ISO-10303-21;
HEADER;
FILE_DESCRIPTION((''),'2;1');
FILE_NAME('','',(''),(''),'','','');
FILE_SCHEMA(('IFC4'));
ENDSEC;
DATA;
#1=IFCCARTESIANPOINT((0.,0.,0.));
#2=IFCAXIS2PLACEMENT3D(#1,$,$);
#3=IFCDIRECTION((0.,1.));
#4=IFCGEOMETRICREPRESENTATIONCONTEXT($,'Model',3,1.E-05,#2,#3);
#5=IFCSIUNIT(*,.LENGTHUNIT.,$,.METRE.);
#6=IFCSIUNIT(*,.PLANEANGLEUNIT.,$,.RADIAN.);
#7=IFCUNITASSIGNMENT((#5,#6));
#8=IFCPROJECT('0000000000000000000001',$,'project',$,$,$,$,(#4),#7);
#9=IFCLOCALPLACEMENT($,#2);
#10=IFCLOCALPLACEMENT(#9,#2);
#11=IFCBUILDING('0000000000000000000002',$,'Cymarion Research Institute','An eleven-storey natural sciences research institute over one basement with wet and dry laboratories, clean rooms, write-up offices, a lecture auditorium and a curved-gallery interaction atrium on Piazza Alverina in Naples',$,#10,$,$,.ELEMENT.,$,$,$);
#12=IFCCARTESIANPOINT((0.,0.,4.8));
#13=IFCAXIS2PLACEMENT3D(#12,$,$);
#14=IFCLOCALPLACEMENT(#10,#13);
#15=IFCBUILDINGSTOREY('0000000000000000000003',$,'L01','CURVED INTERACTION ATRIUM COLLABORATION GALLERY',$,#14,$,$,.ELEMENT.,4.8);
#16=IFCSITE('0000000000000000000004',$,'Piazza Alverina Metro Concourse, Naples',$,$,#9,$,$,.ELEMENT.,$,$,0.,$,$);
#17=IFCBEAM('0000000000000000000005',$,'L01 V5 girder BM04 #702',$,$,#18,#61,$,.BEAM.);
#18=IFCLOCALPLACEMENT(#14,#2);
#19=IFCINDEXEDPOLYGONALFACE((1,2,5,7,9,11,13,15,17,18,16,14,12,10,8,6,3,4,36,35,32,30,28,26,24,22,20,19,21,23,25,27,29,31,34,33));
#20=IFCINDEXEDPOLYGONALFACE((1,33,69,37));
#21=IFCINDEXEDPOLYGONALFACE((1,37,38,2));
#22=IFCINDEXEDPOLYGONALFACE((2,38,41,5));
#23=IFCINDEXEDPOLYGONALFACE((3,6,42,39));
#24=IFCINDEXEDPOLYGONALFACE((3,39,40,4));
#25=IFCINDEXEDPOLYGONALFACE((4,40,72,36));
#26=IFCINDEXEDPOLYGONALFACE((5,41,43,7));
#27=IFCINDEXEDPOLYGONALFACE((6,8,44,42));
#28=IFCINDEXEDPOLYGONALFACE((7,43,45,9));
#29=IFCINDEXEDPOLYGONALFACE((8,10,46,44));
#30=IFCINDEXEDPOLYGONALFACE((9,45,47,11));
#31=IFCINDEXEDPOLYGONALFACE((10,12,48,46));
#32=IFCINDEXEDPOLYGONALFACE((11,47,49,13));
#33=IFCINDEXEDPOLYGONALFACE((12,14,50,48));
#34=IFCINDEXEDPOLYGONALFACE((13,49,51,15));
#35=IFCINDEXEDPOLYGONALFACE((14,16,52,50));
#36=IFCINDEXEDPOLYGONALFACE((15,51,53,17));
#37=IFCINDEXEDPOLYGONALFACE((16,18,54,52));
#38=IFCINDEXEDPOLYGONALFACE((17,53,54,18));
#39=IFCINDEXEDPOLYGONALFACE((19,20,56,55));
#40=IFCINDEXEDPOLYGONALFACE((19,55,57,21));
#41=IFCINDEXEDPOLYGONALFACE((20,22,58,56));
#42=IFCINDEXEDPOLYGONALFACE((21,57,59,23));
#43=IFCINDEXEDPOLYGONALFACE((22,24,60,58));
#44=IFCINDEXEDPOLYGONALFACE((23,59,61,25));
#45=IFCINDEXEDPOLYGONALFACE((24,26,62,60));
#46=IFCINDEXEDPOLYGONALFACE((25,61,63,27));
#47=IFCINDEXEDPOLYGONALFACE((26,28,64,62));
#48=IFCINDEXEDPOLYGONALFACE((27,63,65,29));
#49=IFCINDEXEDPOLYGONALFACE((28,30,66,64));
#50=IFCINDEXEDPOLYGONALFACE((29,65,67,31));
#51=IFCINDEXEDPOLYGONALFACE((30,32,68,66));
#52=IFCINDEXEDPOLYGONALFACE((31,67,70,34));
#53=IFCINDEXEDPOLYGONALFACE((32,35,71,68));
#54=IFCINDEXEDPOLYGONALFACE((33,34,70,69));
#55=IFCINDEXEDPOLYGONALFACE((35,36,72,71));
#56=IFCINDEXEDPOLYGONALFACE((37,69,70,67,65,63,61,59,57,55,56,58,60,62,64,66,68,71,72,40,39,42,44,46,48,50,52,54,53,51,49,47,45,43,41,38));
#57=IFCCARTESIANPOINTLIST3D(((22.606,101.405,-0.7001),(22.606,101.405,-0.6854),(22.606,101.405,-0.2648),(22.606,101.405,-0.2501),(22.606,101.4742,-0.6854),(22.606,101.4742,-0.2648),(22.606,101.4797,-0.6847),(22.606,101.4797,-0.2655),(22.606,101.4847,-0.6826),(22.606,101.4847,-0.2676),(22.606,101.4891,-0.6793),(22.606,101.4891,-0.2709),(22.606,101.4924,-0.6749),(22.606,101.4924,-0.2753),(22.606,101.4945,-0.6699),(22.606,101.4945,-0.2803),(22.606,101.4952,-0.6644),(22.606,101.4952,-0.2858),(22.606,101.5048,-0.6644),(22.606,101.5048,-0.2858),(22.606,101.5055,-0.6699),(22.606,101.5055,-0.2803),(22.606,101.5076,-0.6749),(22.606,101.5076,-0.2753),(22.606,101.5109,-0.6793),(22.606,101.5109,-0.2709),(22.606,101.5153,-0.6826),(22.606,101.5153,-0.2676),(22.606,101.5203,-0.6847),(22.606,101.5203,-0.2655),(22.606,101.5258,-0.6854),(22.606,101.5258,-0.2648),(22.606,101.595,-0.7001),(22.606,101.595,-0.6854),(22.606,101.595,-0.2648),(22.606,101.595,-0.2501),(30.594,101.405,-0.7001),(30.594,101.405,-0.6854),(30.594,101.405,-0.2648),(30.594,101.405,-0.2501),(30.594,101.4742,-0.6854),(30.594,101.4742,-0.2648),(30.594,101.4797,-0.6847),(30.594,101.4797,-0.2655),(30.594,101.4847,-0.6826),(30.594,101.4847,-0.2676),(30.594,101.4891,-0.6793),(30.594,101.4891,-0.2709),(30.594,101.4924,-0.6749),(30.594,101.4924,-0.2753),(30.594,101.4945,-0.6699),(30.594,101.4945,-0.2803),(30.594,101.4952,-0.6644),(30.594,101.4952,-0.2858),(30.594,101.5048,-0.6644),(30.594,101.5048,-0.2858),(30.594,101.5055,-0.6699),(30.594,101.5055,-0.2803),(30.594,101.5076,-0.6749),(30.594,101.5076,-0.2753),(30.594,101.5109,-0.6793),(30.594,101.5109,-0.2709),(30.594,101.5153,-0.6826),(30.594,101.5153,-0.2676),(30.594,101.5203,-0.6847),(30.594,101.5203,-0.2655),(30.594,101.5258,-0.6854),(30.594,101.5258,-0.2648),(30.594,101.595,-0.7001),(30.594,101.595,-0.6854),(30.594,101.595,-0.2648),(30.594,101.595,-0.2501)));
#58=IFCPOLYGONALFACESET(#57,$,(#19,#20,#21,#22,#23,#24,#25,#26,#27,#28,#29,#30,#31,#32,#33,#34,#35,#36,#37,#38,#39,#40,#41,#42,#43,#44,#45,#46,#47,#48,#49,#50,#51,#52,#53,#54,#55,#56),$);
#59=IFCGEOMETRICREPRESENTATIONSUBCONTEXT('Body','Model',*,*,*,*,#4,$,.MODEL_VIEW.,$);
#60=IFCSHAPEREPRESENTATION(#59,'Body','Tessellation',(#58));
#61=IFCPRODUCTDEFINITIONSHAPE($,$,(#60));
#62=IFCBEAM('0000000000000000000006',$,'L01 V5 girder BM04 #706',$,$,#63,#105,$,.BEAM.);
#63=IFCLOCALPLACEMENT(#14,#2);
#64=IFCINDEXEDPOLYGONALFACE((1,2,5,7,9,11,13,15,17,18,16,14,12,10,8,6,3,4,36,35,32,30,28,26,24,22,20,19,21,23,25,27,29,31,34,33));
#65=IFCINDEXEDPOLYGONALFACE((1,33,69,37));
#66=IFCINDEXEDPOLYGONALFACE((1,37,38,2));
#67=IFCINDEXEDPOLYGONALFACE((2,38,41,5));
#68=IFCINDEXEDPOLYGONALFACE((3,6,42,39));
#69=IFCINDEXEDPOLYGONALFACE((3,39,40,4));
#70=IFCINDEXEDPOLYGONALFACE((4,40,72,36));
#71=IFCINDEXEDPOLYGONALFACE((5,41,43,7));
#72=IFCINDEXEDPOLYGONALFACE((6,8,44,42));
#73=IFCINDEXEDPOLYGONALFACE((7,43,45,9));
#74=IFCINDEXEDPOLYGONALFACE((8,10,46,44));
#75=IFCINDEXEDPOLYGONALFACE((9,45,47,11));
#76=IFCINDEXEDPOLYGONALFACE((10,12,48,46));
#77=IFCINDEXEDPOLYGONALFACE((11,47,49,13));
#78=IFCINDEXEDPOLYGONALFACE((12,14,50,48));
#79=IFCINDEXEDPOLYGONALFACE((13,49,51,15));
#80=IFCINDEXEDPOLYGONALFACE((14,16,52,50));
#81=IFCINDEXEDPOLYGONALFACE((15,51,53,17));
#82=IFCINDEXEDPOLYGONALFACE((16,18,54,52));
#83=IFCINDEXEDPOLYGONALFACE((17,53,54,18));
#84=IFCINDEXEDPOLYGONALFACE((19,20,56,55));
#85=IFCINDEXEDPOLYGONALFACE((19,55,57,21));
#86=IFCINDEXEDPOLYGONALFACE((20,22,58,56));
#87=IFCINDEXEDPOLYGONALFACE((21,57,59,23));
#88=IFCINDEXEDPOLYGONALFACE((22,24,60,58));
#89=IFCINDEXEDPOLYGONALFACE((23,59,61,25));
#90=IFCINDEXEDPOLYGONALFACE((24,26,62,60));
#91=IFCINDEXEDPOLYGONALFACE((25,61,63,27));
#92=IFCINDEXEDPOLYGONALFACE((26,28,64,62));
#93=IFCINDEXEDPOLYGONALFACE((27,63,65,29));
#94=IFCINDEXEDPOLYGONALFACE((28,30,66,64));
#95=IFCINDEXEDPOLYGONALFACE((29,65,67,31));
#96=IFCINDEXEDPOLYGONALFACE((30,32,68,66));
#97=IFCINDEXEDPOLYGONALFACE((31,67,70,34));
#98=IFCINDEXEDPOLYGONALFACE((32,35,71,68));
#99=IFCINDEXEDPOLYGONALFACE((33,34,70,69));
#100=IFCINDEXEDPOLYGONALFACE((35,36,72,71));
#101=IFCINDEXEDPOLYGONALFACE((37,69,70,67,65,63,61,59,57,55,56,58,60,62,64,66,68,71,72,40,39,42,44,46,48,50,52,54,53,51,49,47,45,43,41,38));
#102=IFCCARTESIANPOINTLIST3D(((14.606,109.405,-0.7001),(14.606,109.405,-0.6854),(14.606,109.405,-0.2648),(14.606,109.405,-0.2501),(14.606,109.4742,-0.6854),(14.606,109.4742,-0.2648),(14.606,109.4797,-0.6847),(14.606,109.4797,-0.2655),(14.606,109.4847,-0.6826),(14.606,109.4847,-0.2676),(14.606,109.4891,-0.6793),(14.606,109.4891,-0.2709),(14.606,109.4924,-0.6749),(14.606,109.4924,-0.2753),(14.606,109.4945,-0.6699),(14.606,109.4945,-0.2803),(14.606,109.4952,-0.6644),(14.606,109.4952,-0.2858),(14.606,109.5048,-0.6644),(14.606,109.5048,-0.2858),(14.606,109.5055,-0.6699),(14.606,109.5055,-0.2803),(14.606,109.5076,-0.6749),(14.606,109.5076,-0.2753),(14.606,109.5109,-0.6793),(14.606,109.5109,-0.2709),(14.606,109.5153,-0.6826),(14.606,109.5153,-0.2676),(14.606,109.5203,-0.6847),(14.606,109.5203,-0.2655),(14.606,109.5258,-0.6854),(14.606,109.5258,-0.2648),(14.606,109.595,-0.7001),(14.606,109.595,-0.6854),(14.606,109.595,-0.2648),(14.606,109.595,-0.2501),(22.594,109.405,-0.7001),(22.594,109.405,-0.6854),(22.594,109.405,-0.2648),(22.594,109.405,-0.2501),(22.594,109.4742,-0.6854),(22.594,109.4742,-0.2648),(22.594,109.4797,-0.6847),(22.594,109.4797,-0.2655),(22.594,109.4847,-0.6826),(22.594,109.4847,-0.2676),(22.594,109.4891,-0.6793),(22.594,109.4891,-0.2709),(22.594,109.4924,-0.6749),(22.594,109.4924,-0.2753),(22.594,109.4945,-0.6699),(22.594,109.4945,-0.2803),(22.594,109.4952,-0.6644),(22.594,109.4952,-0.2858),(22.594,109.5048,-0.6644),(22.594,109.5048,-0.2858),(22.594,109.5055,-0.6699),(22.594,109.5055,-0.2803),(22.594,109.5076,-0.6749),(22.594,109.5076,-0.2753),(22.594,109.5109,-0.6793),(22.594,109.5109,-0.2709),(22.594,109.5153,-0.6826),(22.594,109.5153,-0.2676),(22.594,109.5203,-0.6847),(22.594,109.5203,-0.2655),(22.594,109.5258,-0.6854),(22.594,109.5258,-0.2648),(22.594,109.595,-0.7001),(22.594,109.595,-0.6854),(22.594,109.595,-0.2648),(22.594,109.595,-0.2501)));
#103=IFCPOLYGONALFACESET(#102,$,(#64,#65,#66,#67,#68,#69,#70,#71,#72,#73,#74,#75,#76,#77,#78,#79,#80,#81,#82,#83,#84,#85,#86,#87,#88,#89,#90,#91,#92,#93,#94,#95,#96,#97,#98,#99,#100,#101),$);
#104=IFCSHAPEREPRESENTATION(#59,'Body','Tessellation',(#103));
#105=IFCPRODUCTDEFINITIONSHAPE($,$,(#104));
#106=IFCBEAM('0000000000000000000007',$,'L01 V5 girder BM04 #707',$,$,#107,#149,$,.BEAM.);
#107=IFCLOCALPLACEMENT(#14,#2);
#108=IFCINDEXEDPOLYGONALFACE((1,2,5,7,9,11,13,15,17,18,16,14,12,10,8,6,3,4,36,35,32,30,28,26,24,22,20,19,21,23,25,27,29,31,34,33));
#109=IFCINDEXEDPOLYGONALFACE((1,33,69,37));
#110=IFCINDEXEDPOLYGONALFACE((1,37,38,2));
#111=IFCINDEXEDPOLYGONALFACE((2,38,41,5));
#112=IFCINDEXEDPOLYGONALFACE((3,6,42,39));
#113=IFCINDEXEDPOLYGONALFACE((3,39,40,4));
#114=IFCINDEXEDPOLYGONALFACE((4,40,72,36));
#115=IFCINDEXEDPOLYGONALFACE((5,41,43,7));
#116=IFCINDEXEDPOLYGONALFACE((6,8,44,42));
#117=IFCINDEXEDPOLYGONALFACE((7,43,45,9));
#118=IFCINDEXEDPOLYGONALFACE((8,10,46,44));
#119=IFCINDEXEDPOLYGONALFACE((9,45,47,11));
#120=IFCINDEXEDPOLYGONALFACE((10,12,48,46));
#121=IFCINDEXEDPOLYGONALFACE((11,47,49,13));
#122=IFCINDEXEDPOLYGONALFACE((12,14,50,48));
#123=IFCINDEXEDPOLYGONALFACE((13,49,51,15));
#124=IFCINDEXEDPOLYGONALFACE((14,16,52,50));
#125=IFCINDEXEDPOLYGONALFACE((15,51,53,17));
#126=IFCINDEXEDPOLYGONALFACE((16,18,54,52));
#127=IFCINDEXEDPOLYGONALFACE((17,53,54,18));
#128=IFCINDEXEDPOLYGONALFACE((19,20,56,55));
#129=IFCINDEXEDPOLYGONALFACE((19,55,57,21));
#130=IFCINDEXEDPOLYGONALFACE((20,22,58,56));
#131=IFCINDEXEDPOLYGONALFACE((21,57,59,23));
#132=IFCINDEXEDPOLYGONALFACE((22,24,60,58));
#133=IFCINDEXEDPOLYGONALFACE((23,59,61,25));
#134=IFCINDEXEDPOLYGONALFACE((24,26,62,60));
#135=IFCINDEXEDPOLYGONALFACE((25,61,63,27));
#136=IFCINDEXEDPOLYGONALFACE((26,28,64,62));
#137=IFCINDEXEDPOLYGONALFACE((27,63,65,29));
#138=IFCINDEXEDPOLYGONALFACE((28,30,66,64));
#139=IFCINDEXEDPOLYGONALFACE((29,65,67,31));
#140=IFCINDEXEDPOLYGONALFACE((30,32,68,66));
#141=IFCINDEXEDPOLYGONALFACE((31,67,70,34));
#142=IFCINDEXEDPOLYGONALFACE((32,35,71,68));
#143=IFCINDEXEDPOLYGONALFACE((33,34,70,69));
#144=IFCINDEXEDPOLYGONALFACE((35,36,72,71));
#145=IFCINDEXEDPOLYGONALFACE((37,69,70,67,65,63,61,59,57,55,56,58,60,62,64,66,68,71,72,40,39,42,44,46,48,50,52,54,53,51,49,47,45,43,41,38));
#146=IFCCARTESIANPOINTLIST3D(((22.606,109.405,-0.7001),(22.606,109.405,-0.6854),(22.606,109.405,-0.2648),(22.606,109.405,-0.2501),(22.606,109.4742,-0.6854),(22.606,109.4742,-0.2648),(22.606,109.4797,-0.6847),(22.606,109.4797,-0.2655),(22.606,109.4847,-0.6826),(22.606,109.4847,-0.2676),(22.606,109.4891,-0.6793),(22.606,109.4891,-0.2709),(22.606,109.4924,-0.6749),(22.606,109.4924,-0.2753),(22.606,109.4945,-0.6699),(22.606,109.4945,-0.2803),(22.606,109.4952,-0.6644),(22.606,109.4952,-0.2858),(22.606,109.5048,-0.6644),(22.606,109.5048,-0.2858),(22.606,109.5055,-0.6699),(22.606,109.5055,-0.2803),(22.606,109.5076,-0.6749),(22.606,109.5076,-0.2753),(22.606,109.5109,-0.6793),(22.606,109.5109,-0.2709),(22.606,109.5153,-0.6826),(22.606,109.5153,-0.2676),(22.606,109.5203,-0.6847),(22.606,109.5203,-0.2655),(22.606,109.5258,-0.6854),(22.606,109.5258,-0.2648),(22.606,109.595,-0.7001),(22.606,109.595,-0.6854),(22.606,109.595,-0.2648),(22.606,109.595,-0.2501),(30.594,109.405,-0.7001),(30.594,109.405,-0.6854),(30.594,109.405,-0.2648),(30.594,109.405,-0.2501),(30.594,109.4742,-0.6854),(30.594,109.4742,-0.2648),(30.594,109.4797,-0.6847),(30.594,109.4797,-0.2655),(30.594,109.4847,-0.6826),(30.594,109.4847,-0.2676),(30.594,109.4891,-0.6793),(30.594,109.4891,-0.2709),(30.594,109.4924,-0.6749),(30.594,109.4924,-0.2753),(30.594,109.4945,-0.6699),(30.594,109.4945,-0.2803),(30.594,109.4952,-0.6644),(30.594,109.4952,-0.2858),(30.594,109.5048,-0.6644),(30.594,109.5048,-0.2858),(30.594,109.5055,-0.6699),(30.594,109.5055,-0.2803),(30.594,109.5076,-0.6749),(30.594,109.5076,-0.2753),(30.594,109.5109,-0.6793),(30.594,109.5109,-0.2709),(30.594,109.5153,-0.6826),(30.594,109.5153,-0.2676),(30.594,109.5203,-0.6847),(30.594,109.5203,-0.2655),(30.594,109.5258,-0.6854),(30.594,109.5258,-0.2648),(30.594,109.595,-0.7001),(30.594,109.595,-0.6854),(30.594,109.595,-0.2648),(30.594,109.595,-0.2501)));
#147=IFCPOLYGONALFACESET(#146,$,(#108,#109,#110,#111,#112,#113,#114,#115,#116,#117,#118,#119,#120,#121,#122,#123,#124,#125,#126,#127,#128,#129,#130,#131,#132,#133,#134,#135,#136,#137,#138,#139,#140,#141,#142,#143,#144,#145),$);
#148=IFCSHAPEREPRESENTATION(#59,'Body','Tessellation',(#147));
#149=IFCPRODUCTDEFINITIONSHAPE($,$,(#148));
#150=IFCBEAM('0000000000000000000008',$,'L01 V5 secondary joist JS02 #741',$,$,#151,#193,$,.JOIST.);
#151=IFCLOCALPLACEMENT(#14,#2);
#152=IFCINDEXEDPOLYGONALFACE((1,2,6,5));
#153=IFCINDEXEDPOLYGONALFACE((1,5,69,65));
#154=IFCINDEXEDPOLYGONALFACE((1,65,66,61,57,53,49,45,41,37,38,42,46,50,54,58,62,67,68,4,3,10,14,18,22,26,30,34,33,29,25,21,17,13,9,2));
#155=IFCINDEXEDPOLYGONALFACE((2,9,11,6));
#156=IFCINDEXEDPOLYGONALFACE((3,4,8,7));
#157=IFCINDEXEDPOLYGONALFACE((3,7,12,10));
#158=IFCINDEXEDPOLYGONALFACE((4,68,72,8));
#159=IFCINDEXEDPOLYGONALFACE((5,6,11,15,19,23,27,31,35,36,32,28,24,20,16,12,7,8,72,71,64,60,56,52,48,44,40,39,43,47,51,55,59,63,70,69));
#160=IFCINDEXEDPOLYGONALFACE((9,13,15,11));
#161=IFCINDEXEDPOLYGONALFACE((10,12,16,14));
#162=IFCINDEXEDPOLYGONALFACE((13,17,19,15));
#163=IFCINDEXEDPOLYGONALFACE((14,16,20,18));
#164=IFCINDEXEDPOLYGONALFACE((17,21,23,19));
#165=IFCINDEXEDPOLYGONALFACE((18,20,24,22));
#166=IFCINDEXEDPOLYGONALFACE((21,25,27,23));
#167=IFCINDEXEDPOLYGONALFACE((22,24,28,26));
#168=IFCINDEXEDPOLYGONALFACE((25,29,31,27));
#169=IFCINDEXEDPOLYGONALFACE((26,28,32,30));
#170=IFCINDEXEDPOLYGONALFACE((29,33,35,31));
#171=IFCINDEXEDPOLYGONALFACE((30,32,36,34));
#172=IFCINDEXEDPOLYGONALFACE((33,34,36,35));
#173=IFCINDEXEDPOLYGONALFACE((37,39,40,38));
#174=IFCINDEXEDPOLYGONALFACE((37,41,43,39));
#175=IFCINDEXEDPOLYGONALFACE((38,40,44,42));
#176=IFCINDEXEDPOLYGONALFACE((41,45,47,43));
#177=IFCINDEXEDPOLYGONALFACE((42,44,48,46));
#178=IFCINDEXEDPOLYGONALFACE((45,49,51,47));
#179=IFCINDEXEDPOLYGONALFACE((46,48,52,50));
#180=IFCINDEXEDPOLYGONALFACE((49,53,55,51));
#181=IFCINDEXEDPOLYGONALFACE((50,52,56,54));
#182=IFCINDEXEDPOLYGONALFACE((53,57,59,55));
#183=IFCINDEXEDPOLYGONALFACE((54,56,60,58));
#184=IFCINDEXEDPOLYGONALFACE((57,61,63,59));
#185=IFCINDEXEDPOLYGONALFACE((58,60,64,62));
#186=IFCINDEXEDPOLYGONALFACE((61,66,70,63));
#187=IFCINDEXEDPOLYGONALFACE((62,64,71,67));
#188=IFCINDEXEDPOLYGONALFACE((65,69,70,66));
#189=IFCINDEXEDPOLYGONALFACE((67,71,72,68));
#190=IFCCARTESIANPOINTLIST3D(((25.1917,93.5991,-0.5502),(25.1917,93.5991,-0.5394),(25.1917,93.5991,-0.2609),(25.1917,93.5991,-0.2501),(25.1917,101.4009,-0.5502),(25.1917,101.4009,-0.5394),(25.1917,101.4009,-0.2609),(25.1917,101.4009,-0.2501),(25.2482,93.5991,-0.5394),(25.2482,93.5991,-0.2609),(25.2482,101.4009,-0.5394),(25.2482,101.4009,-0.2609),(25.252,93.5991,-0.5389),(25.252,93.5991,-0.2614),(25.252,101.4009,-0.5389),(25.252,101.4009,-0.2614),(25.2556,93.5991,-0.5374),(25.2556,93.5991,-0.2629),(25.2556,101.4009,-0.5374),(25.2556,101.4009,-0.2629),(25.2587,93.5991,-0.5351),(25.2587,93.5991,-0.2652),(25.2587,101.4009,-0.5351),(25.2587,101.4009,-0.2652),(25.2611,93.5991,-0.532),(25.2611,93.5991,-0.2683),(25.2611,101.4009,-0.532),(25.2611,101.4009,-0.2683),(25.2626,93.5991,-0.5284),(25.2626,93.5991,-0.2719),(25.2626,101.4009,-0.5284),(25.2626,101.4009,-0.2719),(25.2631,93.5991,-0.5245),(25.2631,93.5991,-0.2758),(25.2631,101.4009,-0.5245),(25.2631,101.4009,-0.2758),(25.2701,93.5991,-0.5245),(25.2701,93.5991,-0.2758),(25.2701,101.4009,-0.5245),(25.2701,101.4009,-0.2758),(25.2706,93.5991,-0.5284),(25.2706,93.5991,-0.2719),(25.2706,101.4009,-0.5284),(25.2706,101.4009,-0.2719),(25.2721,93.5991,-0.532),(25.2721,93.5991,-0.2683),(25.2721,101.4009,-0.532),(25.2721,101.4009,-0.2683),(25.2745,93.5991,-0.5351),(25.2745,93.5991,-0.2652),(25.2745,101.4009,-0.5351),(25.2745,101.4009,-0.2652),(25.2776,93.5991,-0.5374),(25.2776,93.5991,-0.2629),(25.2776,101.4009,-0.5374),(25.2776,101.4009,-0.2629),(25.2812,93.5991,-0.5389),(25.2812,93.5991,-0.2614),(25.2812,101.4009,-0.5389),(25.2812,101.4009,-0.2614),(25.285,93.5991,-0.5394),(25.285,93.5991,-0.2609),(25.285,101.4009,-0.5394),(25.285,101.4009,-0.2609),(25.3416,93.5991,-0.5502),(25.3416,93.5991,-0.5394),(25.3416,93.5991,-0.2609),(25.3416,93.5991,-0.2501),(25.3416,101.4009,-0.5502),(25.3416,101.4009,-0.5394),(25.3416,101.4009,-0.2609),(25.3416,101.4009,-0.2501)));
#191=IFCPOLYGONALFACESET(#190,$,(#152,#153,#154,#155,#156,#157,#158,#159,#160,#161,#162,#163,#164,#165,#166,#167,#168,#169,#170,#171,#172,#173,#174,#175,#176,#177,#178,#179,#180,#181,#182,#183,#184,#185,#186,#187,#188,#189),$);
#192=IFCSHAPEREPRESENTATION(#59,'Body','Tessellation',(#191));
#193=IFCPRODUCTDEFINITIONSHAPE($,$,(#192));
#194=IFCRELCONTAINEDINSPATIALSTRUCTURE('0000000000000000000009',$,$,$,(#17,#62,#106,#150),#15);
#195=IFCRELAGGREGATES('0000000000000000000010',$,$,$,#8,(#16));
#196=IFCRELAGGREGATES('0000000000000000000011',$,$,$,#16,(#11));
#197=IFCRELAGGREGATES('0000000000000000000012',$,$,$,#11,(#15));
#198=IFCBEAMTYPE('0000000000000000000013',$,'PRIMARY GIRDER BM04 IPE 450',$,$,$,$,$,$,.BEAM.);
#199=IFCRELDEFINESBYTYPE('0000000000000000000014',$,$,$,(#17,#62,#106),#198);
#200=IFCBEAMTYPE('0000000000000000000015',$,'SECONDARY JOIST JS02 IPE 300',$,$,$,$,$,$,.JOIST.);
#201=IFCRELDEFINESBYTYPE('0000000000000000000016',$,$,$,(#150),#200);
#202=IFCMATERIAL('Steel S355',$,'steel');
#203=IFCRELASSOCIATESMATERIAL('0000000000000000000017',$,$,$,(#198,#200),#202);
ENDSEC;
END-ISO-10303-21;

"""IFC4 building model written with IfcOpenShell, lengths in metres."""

from ifc_helpers import new_model, si_unit, direction, frame, origin, origin_2d, place, context, subcontext, project, spatial, i_section, extrude, material, material_profile, profile_set, type_object, element, save


model = new_model("IFC4")

# Units and contexts
model_context = context("Model", 3, precision=1e-05, world=origin(), true_north=direction((0.0, 1.0)))
body_context = subcontext(model_context, "Body", "Model", "MODEL_VIEW")
ifc_project = project(units=[si_unit("LENGTHUNIT", "METRE"), si_unit("PLANEANGLEUNIT", "RADIAN")], contexts=[model_context])

# Site, building, storey
site_placement = place(None, origin())
site = spatial("IfcSite", under=ifc_project, at=site_placement, Name="Piazza Alverina Metro Concourse, Naples", CompositionType="ELEMENT", RefElevation=0.0)
building_placement = place(site_placement, origin())
building = spatial("IfcBuilding", under=site, at=building_placement, Name="Cymarion Research Institute", Description="An eleven-storey natural sciences research institute over one basement with wet and dry laboratories, clean rooms, write-up offices, a lecture auditorium and a curved-gallery interaction atrium on Piazza Alverina in Naples", CompositionType="ELEMENT")
storey_placement = place(building_placement, frame((0.0, 0.0, 4.8)))
storey = spatial("IfcBuildingStorey", under=building, at=storey_placement, Name="L01", Description="CURVED INTERACTION ATRIUM COLLABORATION GALLERY", CompositionType="ELEMENT", Elevation=4.8)

# Shared definitions
ifc_material_1 = material(Name="Steel S355", Category="steel")

# Beams
ifc_material_profile_1 = material_profile(ifc_material_1, i_section(OverallWidth=0.1899, OverallDepth=0.45, WebThickness=0.0095, FlangeThickness=0.0146, FilletRadius=0.021, at=origin_2d()), Name="IPE 450")
ifc_profile_set_1 = profile_set([ifc_material_profile_1], Name="Steel S355")
beam_type_1 = type_object("IfcBeamType", Name="PRIMARY GIRDER BM04 IPE 450", PredefinedType="BEAM", material=ifc_profile_set_1)
for number, where, z_axis, x_axis, name in (
    (1, (22.606, 101.5, -0.4751), (1.0, 0.0, 0.0), (0.0, 1.0, 0.0), "L01 V5 girder BM04 #702"),
    (2, (14.606, 109.5, -0.4751), (1.0, 0.0, 0.0), (0.0, 1.0, 0.0), "L01 V5 girder BM04 #706"),
    (3, (22.606, 109.5, -0.4751), (1.0, 0.0, 0.0), (0.0, 1.0, 0.0), "L01 V5 girder BM04 #707"),
):
    element("IfcBeam", number, at=place(storey_placement, frame(where, z_axis=z_axis, x_axis=x_axis)), inside=storey, type_object=beam_type_1, Name=name, PredefinedType="BEAM", context=body_context, shape_type="SweptSolid", body=[
        extrude(i_section(OverallWidth=0.1899, OverallDepth=0.45, WebThickness=0.0095, FlangeThickness=0.0146, FilletRadius=0.021, at=origin_2d()), origin(), (0.0, 0.0, 1.0), 7.988),
    ])
ifc_material_profile_2 = material_profile(ifc_material_1, i_section(OverallWidth=0.1499, OverallDepth=0.3, WebThickness=0.0071, FlangeThickness=0.0107, FilletRadius=0.0149, at=origin_2d()), Name="IPE 300")
ifc_profile_set_2 = profile_set([ifc_material_profile_2], Name="Steel S355")
beam_type_2 = type_object("IfcBeamType", Name="SECONDARY JOIST JS02 IPE 300", PredefinedType="JOIST", material=ifc_profile_set_2)
for number, where, z_axis, x_axis, name in (
    (4, (25.2666, 93.5991, -0.4001), (0.0, 1.0, 0.0), (-1.0, 0.0, 0.0), "L01 V5 secondary joist JS02 #741"),
):
    element("IfcBeam", number, at=place(storey_placement, frame(where, z_axis=z_axis, x_axis=x_axis)), inside=storey, type_object=beam_type_2, Name=name, PredefinedType="JOIST", context=body_context, shape_type="SweptSolid", body=[
        extrude(i_section(OverallWidth=0.1499, OverallDepth=0.3, WebThickness=0.0071, FlangeThickness=0.0107, FilletRadius=0.0149, at=origin_2d()), origin(), (0.0, 0.0, 1.0), 7.8018),
    ])

save(model, "model.ifc")
